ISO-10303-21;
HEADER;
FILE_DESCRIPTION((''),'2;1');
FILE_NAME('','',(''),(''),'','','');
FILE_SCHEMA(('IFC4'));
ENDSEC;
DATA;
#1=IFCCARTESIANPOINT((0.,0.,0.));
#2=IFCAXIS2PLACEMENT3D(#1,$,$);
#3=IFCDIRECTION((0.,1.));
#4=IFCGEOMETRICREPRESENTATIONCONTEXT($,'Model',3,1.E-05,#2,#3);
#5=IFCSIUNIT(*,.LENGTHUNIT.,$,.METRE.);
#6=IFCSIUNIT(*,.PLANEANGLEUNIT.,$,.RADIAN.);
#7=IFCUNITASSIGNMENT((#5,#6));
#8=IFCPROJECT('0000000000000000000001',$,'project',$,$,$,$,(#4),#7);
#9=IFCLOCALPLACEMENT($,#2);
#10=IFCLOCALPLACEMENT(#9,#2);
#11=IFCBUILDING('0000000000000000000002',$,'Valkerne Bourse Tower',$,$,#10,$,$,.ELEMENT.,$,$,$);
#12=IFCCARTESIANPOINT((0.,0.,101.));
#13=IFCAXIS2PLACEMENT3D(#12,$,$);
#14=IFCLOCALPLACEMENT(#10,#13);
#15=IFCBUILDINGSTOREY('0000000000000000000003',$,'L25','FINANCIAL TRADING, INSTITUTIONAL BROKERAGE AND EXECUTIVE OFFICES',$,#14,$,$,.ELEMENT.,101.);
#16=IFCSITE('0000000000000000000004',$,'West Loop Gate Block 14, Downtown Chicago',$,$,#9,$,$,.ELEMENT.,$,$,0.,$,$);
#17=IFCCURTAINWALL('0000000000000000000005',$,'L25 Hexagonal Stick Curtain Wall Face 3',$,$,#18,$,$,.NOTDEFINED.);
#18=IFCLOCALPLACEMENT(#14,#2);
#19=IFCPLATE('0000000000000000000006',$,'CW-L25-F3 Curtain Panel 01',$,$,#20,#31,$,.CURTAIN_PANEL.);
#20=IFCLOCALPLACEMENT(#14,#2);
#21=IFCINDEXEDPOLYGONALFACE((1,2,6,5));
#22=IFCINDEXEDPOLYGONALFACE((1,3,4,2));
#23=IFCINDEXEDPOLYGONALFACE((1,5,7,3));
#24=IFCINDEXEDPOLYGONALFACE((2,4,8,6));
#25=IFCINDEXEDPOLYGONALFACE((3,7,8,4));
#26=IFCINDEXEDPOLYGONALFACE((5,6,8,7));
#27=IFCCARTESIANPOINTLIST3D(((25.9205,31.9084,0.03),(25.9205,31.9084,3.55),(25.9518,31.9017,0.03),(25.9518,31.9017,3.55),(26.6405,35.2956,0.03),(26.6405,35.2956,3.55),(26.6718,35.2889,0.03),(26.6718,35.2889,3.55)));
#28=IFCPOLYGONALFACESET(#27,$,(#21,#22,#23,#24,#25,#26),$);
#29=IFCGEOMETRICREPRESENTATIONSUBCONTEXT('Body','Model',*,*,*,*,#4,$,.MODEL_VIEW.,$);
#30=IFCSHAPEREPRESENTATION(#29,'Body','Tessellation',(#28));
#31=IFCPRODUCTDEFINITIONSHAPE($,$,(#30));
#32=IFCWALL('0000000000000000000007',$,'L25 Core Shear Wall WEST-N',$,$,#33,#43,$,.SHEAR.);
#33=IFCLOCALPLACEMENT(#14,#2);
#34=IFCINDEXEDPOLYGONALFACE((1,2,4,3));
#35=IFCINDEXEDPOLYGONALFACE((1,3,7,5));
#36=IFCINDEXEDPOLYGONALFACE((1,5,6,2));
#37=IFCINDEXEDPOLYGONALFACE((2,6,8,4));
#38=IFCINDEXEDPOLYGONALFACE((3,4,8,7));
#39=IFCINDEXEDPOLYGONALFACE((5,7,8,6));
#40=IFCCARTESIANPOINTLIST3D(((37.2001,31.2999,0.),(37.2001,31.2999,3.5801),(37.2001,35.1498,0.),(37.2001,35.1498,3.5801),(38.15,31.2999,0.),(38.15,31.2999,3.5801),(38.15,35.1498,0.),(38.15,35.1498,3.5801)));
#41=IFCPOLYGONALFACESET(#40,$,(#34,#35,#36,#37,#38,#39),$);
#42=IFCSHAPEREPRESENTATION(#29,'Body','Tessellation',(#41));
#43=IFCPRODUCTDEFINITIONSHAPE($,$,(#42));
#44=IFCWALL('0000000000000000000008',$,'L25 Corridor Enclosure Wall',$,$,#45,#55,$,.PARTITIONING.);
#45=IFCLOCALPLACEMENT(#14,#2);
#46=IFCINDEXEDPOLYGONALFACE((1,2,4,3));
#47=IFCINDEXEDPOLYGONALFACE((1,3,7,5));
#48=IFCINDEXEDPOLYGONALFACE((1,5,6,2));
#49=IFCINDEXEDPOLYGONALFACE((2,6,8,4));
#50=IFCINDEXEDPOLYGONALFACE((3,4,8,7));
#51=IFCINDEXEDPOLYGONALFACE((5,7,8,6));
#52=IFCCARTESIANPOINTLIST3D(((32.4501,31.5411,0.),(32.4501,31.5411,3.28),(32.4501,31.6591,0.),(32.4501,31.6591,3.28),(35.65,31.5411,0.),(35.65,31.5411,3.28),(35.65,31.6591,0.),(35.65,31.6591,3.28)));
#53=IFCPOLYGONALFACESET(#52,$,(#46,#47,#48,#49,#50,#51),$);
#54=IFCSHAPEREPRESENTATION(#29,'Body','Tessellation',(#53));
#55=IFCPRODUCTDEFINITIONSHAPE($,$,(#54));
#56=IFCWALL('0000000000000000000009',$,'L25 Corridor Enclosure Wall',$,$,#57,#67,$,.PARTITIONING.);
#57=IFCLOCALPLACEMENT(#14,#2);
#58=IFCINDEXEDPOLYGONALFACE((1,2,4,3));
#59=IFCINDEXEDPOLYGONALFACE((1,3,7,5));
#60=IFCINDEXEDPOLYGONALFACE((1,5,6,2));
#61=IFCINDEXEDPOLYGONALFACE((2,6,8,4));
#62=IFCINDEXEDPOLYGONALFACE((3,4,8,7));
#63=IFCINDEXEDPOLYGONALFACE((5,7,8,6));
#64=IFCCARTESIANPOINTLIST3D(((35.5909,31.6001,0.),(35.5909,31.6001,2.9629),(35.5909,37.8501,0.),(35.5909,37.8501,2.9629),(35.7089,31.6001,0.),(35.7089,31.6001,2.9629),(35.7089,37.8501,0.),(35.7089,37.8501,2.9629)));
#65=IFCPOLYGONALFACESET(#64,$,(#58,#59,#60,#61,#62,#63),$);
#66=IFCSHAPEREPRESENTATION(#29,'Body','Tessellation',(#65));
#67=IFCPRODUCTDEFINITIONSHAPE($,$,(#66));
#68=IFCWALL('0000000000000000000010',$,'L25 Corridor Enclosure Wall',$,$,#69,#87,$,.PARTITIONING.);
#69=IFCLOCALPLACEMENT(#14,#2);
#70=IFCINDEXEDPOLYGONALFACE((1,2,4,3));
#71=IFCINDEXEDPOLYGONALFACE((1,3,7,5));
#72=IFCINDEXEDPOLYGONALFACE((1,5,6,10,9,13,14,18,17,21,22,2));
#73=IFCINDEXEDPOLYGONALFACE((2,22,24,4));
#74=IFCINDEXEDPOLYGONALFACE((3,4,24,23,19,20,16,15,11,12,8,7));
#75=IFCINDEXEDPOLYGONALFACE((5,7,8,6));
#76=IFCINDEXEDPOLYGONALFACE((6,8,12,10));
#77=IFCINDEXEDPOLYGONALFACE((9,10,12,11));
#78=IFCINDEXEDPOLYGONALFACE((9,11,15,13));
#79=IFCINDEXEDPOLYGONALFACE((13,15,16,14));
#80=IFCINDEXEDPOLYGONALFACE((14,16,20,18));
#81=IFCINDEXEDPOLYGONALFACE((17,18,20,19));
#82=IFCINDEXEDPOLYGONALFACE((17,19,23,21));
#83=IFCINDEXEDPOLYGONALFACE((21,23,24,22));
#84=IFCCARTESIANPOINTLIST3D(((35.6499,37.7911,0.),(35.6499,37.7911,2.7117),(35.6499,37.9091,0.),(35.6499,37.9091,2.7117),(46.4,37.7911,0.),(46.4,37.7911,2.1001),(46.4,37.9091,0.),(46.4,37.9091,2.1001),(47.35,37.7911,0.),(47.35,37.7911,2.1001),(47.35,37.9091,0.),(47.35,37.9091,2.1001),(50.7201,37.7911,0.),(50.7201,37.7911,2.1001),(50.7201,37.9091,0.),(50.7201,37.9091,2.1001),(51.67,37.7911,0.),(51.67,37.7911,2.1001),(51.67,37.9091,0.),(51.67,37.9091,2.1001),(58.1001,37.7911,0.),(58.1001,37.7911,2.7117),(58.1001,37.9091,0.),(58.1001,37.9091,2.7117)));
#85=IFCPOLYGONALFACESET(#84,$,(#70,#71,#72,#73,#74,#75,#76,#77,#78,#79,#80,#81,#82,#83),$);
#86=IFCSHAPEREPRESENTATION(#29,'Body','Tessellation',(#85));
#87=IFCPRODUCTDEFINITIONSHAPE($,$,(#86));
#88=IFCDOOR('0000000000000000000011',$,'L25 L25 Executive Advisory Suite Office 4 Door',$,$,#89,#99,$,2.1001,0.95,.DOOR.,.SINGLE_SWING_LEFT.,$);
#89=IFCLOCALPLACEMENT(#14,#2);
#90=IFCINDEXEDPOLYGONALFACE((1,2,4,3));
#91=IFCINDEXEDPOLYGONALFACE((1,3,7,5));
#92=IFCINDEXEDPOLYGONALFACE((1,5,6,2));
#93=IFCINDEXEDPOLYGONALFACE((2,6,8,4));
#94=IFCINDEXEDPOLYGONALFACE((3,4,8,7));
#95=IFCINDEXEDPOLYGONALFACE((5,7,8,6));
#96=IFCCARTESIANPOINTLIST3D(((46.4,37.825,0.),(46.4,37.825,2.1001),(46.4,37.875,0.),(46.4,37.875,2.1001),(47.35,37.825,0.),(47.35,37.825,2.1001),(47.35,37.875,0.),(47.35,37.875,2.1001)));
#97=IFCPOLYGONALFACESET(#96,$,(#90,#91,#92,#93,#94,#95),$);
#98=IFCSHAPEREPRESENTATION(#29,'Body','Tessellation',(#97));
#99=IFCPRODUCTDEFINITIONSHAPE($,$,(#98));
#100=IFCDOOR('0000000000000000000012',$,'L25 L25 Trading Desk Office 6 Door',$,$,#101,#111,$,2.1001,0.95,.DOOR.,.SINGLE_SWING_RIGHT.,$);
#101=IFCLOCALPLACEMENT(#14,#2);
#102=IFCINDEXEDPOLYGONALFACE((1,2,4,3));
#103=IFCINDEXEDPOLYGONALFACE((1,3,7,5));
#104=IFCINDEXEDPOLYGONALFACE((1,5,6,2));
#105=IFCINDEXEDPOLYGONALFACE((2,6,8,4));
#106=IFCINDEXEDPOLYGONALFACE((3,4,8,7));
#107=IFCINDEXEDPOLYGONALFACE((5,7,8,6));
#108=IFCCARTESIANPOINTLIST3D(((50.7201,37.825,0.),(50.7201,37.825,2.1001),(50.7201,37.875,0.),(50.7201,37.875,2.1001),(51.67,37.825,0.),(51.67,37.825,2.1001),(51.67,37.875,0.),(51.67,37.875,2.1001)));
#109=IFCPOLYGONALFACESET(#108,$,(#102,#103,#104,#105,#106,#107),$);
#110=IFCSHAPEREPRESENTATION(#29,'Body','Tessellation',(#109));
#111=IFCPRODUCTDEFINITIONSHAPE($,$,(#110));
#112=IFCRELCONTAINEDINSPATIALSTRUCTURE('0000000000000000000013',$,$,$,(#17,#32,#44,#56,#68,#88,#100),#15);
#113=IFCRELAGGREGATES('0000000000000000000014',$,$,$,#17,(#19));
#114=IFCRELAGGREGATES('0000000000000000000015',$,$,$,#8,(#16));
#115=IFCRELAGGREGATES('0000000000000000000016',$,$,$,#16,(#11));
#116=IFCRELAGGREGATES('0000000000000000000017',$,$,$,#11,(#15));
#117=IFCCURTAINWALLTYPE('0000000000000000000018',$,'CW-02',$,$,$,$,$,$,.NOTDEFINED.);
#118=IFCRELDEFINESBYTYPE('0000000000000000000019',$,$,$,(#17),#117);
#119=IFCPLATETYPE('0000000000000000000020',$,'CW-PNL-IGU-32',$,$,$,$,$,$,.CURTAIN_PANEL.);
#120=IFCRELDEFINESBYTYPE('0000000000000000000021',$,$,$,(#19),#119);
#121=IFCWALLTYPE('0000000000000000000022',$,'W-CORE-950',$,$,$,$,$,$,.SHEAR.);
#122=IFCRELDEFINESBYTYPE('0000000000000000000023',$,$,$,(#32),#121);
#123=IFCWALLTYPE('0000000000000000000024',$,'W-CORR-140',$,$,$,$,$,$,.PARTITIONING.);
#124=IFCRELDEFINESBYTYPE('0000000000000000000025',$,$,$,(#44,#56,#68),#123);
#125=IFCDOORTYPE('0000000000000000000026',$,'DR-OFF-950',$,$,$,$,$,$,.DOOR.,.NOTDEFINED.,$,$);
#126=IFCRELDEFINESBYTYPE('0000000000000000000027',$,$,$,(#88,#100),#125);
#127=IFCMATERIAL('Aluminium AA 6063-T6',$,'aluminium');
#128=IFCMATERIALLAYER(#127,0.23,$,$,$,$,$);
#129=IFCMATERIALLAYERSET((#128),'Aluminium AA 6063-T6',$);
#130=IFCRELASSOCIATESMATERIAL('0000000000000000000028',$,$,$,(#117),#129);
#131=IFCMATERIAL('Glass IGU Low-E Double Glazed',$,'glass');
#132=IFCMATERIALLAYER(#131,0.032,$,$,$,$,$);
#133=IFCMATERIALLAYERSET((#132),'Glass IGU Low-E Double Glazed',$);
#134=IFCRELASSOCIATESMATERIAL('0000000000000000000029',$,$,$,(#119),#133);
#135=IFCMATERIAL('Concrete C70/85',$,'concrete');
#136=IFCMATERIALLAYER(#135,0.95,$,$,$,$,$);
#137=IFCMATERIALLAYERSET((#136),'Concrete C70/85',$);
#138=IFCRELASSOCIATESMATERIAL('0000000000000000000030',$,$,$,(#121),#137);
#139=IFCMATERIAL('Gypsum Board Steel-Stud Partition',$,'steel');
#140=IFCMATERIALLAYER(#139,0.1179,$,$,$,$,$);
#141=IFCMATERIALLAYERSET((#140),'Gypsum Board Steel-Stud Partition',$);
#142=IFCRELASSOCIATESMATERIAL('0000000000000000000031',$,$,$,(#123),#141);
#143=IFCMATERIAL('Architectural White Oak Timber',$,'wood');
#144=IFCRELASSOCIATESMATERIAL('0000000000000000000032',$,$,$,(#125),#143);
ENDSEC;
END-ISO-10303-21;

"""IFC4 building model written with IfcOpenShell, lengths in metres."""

from ifc_helpers import new_model, si_unit, direction, frame, frame_2d, origin, origin_2d, place, context, subcontext, project, spatial, rectangle, extrude, material, layer, layer_set, type_object, element, fill, aggregate, save


model = new_model("IFC4")

# Units and contexts
model_context = context("Model", 3, precision=1e-05, world=origin(), true_north=direction((0.0, 1.0)))
body_context = subcontext(model_context, "Body", "Model", "MODEL_VIEW")
ifc_project = project(units=[si_unit("LENGTHUNIT", "METRE"), si_unit("PLANEANGLEUNIT", "RADIAN")], contexts=[model_context])

# Site, building, storey
site_placement = place(None, origin())
site = spatial("IfcSite", under=ifc_project, at=site_placement, Name="West Loop Gate Block 14, Downtown Chicago", CompositionType="ELEMENT", RefElevation=0.0)
building_placement = place(site_placement, origin())
building = spatial("IfcBuilding", under=site, at=building_placement, Name="Valkerne Bourse Tower", CompositionType="ELEMENT")
storey_placement = place(building_placement, frame((0.0, 0.0, 101.0)))
storey = spatial("IfcBuildingStorey", under=building, at=storey_placement, Name="L25", Description="FINANCIAL TRADING, INSTITUTIONAL BROKERAGE AND EXECUTIVE OFFICES", CompositionType="ELEMENT", Elevation=101.0)

# Curtain wall
ifc_material_1 = material(Name="Aluminium AA 6063-T6", Category="aluminium")
ifc_layer_1 = layer(ifc_material_1, 0.23)
ifc_layer_set_1 = layer_set([ifc_layer_1], Name="Aluminium AA 6063-T6")
curtain_wall_type = type_object("IfcCurtainWallType", Name="CW-02", PredefinedType="NOTDEFINED", material=ifc_layer_set_1)
curtain_wall_placement = place(storey_placement, origin())
curtain_wall = element("IfcCurtainWall", 1, at=curtain_wall_placement, inside=storey, type_object=curtain_wall_type, Name="L25 Hexagonal Stick Curtain Wall Face 3", PredefinedType="NOTDEFINED")

# Plate
ifc_material_2 = material(Name="Glass IGU Low-E Double Glazed", Category="glass")
ifc_layer_2 = layer(ifc_material_2, 0.032)
ifc_layer_set_2 = layer_set([ifc_layer_2], Name="Glass IGU Low-E Double Glazed")
plate_type = type_object("IfcPlateType", Name="CW-PNL-IGU-32", PredefinedType="CURTAIN_PANEL", material=ifc_layer_set_2)
plate_1_placement = place(storey_placement, frame((26.2961, 33.5986, 0.03), z_axis=(0.0, 0.0, 1.0), x_axis=(-0.207918, -0.978146, 0.0)))
plate_1 = element("IfcPlate", 2, at=plate_1_placement, type_object=plate_type, Name="CW-L25-F3 Curtain Panel 01", PredefinedType="CURTAIN_PANEL", context=body_context, shape_type="SweptSolid", body=[
    extrude(rectangle(XDim=3.4629, YDim=0.032, at=origin_2d()), origin(), (0.0, 0.0, 1.0), 3.52),
])
aggregate(curtain_wall, [plate_1])

# Shared definitions
ifc_material_3 = material(Name="Concrete C70/85", Category="concrete")
ifc_layer_3 = layer(ifc_material_3, 0.95)
ifc_layer_set_3 = layer_set([ifc_layer_3], Name="Concrete C70/85")
wall_type_1 = type_object("IfcWallType", Name="W-CORE-950", PredefinedType="SHEAR", material=ifc_layer_set_3)

# Walls
wall_1_placement = place(storey_placement, frame((37.675, 31.3, 0.0), z_axis=(0.0, 0.0, 1.0), x_axis=(0.0, 1.0, 0.0)))
element("IfcWall", 3, at=wall_1_placement, inside=storey, type_object=wall_type_1, Name="L25 Core Shear Wall WEST-N", PredefinedType="SHEAR", context=body_context, shape_type="SweptSolid", body=[
    extrude(rectangle(XDim=3.8499, YDim=0.95, at=frame_2d((1.9248, 0.0))), origin(), (0.0, 0.0, 1.0), 3.5801),
])
ifc_material_4 = material(Name="Gypsum Board Steel-Stud Partition", Category="steel")
ifc_layer_4 = layer(ifc_material_4, 0.1179)
ifc_layer_set_4 = layer_set([ifc_layer_4], Name="Gypsum Board Steel-Stud Partition")
wall_type_2 = type_object("IfcWallType", Name="W-CORR-140", PredefinedType="PARTITIONING", material=ifc_layer_set_4)
wall_2_placement = place(storey_placement, frame((32.45, 31.6001, 0.0), z_axis=(0.0, 0.0, 1.0), x_axis=(1.0, 0.0, 0.0)))
element("IfcWall", 4, at=wall_2_placement, inside=storey, type_object=wall_type_2, Name="L25 Corridor Enclosure Wall", PredefinedType="PARTITIONING", context=body_context, shape_type="SweptSolid", body=[
    extrude(rectangle(XDim=3.2, YDim=0.1179, at=frame_2d((1.6001, 0.0))), origin(), (0.0, 0.0, 1.0), 3.28),
])
wall_3_placement = place(storey_placement, frame((35.6499, 31.6001, 0.0), z_axis=(0.0, 0.0, 1.0), x_axis=(0.0, 1.0, 0.0)))
element("IfcWall", 5, at=wall_3_placement, inside=storey, type_object=wall_type_2, Name="L25 Corridor Enclosure Wall", PredefinedType="PARTITIONING", context=body_context, shape_type="SweptSolid", body=[
    extrude(rectangle(XDim=6.25, YDim=0.1179, at=frame_2d((3.125, 0.0))), origin(), (0.0, 0.0, 1.0), 2.9629),
])

# Wall, openings, doors
wall_4_placement = place(storey_placement, frame((35.6499, 37.8501, 0.0), z_axis=(0.0, 0.0, 1.0), x_axis=(1.0, 0.0, 0.0)))
wall_4 = element("IfcWall", 6, at=wall_4_placement, inside=storey, type_object=wall_type_2, Name="L25 Corridor Enclosure Wall", PredefinedType="PARTITIONING", context=body_context, shape_type="SweptSolid", body=[
    extrude(rectangle(XDim=22.4502, YDim=0.1179, at=frame_2d((11.2251, 0.0))), origin(), (0.0, 0.0, 1.0), 2.7117),
])
opening_1_placement = place(wall_4_placement, frame((10.75, 0.0, 0.0)))
opening_1 = element("IfcOpeningElement", 7, at=opening_1_placement, cuts=wall_4, PredefinedType="OPENING", context=body_context, shape_type="SweptSolid", body=[
    extrude(rectangle(XDim=0.95, YDim=2.1001, at=frame_2d((0.4751, 1.05))), frame((0.0, 0.0688, 0.0), z_axis=(0.0, -1.0, 0.0), x_axis=(1.0, 0.0, 0.0)), (0.0, 0.0, 1.0), 0.1379),
])
opening_2_placement = place(wall_4_placement, frame((15.0701, 0.0, 0.0)))
opening_2 = element("IfcOpeningElement", 8, at=opening_2_placement, cuts=wall_4, PredefinedType="OPENING", context=body_context, shape_type="SweptSolid", body=[
    extrude(rectangle(XDim=0.95, YDim=2.1001, at=frame_2d((0.4751, 1.05))), frame((0.0, 0.0688, 0.0), z_axis=(0.0, -1.0, 0.0), x_axis=(1.0, 0.0, 0.0)), (0.0, 0.0, 1.0), 0.1379),
])
ifc_material_5 = material(Name="Architectural White Oak Timber", Category="wood")
door_type_1 = type_object("IfcDoorType", Name="DR-OFF-950", OperationType="NOTDEFINED", PredefinedType="DOOR", material=ifc_material_5)
door_1_placement = place(opening_1_placement, origin())
door_1 = element("IfcDoor", 9, at=door_1_placement, inside=storey, type_object=door_type_1, Name="L25 L25 Executive Advisory Suite Office 4 Door", OperationType="SINGLE_SWING_LEFT", OverallHeight=2.1001, OverallWidth=0.95, PredefinedType="DOOR", context=body_context, shape_type="SweptSolid", body=[
    extrude(rectangle(XDim=0.95, YDim=2.1001, at=frame_2d((0.4751, 1.05))), frame((0.0, 0.0249, 0.0), z_axis=(0.0, -1.0, 0.0), x_axis=(1.0, 0.0, 0.0)), (0.0, 0.0, 1.0), 0.05),
])
fill(opening_1, door_1)
door_2_placement = place(opening_2_placement, origin())
door_2 = element("IfcDoor", 10, at=door_2_placement, inside=storey, type_object=door_type_1, Name="L25 L25 Trading Desk Office 6 Door", OperationType="SINGLE_SWING_RIGHT", OverallHeight=2.1001, OverallWidth=0.95, PredefinedType="DOOR", context=body_context, shape_type="SweptSolid", body=[
    extrude(rectangle(XDim=0.95, YDim=2.1001, at=frame_2d((0.4751, 1.05))), frame((0.0, 0.0249, 0.0), z_axis=(0.0, -1.0, 0.0), x_axis=(1.0, 0.0, 0.0)), (0.0, 0.0, 1.0), 0.05),
])
fill(opening_2, door_2)

save(model, "model.ifc")
